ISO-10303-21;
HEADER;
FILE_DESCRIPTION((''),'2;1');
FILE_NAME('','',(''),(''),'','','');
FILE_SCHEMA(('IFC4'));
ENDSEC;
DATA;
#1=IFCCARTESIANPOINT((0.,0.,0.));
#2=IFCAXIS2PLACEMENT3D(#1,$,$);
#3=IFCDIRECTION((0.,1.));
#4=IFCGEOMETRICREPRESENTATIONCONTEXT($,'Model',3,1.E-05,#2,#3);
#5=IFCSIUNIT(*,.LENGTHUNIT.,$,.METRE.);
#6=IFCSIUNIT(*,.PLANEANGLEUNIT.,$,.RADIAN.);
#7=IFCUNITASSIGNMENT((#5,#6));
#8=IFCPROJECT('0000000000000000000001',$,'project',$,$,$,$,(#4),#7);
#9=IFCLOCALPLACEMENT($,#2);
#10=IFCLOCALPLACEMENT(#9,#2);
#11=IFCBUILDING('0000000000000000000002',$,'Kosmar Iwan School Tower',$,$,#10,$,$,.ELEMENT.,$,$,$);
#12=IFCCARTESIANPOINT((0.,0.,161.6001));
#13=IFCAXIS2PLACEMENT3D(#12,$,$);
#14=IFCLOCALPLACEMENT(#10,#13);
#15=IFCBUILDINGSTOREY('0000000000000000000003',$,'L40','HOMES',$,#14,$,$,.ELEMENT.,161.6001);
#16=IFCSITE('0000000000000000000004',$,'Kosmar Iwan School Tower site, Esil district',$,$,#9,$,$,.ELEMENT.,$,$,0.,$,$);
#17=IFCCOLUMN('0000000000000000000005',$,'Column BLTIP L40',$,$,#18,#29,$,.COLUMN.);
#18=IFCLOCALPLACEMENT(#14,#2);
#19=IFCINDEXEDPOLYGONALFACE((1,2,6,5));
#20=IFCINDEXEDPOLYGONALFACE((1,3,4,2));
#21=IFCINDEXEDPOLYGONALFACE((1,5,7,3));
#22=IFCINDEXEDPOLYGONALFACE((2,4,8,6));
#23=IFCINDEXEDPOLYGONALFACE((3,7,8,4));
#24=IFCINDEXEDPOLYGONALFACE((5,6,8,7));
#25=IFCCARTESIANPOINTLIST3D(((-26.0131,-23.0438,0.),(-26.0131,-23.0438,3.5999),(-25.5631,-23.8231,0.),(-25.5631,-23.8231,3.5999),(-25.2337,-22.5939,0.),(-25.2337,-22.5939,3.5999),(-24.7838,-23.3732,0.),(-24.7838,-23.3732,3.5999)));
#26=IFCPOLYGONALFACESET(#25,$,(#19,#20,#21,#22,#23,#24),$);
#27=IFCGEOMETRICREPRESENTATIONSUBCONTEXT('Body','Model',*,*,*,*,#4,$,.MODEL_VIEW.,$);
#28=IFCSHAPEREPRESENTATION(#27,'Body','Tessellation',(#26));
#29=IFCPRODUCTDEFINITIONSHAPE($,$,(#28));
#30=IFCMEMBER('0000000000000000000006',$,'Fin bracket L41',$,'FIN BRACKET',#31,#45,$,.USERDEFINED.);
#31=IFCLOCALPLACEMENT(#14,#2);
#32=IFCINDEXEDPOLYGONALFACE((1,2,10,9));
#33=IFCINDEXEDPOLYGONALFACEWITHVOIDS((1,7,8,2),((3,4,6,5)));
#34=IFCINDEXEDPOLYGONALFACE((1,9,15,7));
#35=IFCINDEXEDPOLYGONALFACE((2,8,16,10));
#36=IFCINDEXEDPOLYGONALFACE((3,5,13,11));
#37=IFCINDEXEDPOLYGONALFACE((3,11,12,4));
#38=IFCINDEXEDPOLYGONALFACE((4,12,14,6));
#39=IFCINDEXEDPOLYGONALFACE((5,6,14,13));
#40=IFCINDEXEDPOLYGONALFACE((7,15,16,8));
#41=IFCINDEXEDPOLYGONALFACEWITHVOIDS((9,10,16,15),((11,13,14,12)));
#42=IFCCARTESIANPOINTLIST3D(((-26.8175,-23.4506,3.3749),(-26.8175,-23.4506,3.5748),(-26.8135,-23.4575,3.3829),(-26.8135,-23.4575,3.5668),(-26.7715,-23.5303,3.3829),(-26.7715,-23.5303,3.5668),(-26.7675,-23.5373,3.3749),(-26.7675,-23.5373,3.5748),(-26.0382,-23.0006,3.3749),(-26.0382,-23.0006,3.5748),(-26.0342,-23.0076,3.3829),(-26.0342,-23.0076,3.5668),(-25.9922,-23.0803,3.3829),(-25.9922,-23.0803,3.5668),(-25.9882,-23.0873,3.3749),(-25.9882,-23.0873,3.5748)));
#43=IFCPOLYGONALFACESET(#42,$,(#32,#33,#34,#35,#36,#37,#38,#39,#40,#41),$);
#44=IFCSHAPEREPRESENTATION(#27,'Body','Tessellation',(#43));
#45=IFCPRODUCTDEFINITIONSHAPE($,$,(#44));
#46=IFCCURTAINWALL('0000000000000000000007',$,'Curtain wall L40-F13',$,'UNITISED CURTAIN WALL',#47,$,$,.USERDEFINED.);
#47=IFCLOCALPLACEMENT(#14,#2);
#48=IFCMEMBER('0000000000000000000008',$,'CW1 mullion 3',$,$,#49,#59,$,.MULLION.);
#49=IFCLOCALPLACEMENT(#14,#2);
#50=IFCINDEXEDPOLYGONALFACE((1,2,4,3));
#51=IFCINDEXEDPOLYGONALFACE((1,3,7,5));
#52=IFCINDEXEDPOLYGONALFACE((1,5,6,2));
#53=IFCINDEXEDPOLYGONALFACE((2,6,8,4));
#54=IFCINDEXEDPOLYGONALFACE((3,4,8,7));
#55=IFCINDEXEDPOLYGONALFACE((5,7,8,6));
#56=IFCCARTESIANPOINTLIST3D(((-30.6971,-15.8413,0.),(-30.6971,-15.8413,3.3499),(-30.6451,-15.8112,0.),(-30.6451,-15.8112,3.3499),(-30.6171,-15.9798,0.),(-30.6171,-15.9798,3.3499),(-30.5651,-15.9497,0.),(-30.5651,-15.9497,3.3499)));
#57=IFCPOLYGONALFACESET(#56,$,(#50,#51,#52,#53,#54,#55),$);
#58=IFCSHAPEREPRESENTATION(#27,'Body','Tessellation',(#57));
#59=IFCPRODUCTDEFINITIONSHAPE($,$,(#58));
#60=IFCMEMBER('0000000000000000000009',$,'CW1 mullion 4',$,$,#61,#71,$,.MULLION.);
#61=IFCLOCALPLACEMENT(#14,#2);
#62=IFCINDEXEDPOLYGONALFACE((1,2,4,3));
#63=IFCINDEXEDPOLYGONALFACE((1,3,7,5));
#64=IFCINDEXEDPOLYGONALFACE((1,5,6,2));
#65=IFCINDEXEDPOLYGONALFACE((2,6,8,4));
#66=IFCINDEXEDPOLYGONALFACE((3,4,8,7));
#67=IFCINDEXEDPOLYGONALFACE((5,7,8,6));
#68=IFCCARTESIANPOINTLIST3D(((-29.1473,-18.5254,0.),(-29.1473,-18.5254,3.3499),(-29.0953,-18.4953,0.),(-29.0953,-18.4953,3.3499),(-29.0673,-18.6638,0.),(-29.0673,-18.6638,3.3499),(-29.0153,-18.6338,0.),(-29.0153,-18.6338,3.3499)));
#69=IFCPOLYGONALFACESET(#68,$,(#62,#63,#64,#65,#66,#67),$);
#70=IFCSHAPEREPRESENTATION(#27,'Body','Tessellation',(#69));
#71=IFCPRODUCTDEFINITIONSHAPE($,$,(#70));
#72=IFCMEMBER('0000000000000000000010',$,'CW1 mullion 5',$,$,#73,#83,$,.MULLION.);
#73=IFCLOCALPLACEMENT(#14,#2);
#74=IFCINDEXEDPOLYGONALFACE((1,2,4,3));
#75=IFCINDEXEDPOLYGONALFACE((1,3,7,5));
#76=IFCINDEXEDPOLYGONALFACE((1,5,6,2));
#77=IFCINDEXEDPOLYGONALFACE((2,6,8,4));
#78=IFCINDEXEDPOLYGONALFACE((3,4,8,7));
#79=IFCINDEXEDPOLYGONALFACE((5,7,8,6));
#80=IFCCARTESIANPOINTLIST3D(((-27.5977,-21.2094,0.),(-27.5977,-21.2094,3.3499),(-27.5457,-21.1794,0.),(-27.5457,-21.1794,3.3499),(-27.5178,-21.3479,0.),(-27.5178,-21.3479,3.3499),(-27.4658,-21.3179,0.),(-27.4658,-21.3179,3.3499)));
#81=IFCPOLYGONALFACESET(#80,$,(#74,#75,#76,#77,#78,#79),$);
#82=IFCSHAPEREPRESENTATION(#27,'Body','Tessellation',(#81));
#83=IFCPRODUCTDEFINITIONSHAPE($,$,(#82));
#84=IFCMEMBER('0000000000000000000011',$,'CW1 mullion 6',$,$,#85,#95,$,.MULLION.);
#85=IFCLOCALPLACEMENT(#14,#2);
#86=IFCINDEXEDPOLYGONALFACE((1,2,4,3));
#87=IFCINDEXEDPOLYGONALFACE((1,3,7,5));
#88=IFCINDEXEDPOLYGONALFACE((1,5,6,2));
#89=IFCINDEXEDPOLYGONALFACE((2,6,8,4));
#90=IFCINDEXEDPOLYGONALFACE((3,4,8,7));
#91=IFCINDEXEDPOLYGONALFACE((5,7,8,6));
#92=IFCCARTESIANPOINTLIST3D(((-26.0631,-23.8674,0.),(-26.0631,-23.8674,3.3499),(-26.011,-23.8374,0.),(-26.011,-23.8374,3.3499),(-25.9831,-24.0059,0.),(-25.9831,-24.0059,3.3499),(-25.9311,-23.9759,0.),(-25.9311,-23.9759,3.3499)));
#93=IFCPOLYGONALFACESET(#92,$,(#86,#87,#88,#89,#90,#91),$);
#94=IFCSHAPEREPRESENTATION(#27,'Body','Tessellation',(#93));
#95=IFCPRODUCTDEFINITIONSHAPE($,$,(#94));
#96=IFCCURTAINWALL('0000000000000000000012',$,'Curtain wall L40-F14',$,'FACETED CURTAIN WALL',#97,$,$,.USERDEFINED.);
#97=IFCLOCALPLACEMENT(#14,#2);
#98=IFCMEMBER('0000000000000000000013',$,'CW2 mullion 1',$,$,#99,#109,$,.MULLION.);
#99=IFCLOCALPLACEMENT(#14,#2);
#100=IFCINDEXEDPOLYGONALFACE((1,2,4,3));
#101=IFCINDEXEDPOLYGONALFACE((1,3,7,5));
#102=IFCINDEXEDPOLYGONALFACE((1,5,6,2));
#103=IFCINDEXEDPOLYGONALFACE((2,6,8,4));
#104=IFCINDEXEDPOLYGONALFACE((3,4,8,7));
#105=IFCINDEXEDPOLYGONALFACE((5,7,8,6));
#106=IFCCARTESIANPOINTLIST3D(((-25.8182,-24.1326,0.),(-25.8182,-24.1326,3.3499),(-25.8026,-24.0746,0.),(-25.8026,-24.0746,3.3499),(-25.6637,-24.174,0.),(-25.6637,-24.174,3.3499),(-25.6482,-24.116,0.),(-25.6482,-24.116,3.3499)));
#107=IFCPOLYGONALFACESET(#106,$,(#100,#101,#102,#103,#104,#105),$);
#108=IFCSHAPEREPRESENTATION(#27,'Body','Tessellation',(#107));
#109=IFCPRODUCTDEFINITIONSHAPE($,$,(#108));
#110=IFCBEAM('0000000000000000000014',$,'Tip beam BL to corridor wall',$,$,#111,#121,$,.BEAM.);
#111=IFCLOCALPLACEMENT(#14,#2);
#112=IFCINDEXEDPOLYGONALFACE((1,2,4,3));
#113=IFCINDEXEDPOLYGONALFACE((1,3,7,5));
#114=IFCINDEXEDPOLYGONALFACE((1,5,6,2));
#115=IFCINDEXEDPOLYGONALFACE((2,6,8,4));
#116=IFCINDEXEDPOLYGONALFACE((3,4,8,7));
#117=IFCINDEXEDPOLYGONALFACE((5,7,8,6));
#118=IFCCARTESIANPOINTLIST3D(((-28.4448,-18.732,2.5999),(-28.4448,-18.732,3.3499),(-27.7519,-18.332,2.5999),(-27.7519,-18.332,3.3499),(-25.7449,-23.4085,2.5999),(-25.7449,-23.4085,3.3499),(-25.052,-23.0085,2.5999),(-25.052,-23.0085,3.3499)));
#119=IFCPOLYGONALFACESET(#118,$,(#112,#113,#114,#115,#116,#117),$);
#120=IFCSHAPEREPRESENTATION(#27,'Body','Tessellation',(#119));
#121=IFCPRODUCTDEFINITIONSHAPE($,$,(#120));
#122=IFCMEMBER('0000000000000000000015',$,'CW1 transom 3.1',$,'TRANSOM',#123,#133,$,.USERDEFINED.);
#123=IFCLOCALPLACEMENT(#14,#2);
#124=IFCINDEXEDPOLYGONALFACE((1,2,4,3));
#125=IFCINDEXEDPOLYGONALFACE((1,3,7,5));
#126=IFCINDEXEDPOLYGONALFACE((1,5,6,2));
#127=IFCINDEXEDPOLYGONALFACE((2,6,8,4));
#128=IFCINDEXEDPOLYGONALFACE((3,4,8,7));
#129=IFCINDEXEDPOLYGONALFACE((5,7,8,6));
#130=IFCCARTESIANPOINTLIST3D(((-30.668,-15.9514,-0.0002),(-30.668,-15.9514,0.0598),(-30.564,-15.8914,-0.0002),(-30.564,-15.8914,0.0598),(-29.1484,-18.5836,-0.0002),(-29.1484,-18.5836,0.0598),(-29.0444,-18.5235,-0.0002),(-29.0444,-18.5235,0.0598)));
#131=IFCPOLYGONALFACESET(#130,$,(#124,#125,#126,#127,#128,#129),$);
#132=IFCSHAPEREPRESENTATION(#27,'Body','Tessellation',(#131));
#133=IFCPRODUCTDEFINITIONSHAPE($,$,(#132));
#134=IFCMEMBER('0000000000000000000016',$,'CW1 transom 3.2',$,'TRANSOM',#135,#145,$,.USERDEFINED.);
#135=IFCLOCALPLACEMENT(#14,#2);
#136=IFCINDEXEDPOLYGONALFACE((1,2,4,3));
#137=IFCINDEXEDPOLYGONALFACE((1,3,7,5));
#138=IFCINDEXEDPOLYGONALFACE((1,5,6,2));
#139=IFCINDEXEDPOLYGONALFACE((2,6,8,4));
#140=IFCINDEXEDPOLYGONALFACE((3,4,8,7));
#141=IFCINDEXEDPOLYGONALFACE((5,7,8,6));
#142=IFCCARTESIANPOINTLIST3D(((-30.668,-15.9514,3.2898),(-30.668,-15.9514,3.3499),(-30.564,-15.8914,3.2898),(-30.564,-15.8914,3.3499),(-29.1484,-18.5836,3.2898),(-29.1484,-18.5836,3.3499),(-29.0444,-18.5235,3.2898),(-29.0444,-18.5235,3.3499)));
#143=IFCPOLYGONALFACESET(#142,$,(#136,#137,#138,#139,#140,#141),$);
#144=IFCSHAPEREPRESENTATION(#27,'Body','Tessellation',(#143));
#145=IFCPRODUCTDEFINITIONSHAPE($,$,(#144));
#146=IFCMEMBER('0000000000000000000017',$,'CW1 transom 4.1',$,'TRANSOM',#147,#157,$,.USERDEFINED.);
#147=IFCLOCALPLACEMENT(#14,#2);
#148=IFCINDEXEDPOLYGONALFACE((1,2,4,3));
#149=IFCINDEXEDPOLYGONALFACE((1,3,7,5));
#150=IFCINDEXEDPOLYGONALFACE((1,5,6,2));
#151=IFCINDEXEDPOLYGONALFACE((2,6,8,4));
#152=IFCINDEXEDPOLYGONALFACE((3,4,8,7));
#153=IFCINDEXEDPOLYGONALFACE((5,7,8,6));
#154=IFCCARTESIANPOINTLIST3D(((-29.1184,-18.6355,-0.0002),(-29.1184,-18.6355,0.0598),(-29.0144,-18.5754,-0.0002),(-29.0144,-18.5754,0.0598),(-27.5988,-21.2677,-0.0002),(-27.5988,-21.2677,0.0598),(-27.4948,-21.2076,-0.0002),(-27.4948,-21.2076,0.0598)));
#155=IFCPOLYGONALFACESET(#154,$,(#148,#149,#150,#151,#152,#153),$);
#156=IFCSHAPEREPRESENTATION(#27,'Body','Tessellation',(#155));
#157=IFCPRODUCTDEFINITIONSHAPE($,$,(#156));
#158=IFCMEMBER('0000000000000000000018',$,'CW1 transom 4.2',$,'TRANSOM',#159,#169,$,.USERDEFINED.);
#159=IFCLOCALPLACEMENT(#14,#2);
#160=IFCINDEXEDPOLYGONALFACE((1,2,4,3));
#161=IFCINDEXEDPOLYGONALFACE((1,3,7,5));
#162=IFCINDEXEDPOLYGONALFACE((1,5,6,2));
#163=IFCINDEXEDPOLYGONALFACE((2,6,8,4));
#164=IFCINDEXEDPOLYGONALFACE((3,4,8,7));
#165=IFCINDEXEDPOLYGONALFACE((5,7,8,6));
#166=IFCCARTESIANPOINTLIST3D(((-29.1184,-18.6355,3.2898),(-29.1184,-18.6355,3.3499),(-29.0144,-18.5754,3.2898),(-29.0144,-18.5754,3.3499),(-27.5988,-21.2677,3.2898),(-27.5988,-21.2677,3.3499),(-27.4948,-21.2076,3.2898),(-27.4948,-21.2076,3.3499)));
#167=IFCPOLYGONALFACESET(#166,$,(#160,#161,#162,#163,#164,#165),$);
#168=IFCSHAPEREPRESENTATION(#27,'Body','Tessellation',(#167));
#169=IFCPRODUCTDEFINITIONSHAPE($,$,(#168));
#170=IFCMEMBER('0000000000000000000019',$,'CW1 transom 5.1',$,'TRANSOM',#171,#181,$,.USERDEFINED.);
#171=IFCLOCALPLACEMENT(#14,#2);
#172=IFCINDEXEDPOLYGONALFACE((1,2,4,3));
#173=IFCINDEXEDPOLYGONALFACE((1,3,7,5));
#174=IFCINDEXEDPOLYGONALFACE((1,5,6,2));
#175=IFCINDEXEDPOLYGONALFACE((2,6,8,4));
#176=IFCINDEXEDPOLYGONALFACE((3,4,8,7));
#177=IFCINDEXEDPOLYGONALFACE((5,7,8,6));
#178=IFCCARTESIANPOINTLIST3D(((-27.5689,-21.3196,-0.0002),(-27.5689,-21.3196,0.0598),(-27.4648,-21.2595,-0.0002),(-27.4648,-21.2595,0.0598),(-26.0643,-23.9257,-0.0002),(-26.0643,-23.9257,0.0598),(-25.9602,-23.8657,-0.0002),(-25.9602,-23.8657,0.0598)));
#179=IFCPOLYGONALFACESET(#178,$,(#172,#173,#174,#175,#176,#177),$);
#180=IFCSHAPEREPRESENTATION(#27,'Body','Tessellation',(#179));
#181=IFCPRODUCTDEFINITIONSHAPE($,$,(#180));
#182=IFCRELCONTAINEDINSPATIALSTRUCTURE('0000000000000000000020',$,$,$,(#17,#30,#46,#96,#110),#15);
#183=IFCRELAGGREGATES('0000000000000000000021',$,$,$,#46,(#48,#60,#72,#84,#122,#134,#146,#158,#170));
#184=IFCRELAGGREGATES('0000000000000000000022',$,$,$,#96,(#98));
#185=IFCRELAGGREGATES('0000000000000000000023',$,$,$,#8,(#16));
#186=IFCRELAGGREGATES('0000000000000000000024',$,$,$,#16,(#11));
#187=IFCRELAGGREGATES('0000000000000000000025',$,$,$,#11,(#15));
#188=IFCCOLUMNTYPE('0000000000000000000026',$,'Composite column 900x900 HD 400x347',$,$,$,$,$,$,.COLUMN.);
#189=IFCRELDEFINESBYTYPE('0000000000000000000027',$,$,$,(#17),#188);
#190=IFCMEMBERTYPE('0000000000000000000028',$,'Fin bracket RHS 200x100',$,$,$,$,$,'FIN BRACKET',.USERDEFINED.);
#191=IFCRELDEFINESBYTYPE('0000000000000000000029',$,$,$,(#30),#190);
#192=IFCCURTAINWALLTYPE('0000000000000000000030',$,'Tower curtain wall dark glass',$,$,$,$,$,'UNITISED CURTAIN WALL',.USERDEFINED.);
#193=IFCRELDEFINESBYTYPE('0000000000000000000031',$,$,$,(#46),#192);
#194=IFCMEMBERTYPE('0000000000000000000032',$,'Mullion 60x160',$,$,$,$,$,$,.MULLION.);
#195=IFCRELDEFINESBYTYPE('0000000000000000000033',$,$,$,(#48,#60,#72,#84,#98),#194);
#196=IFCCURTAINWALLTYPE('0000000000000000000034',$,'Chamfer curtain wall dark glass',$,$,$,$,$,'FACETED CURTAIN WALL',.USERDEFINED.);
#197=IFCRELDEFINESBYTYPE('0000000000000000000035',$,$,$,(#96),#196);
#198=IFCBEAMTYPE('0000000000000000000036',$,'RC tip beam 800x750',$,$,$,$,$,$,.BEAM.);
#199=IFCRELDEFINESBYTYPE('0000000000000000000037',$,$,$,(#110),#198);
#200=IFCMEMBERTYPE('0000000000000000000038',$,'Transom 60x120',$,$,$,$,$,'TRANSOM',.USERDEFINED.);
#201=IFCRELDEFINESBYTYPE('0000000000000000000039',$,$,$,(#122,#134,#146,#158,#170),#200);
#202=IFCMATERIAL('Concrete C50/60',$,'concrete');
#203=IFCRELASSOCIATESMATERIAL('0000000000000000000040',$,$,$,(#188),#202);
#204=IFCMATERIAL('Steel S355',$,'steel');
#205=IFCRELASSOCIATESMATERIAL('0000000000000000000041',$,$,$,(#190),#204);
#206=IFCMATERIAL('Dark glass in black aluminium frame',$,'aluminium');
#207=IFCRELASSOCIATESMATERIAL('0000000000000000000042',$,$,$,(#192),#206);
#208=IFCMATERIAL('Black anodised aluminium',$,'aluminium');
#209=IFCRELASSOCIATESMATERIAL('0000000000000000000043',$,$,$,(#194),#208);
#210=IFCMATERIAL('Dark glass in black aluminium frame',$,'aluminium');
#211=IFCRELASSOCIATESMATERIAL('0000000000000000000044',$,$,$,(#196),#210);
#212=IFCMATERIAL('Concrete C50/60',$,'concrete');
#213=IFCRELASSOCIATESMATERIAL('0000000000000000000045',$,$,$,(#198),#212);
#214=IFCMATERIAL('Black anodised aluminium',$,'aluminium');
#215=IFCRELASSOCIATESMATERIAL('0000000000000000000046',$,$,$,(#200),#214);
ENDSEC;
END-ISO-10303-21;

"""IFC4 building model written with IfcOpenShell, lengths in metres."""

from ifc_helpers import new_model, si_unit, direction, frame, origin, origin_2d, place, context, subcontext, project, spatial, rectangle, hollow_rectangle, extrude, material, material_profile, profile_set, type_object, element, aggregate, save


model = new_model("IFC4")

# Units and contexts
model_context = context("Model", 3, precision=1e-05, world=origin(), true_north=direction((0.0, 1.0)))
body_context = subcontext(model_context, "Body", "Model", "MODEL_VIEW")
ifc_project = project(units=[si_unit("LENGTHUNIT", "METRE"), si_unit("PLANEANGLEUNIT", "RADIAN")], contexts=[model_context])

# Site, building, storey
site_placement = place(None, origin())
site = spatial("IfcSite", under=ifc_project, at=site_placement, Name="Kosmar Iwan School Tower site, Esil district", CompositionType="ELEMENT", RefElevation=0.0)
building_placement = place(site_placement, origin())
building = spatial("IfcBuilding", under=site, at=building_placement, Name="Kosmar Iwan School Tower", CompositionType="ELEMENT")
storey_placement = place(building_placement, frame((0.0, 0.0, 161.6001)))
storey = spatial("IfcBuildingStorey", under=building, at=storey_placement, Name="L40", Description="HOMES", CompositionType="ELEMENT", Elevation=161.6001)

# Column
ifc_material_1 = material(Name="Concrete C50/60", Category="concrete")
ifc_material_profile_1 = material_profile(ifc_material_1, rectangle(XDim=0.8999, YDim=0.8999, at=origin_2d()), Name="RC 900x900 + HD 400x347")
ifc_profile_set_1 = profile_set([ifc_material_profile_1], Name="Concrete C50/60")
column_type = type_object("IfcColumnType", Name="Composite column 900x900 HD 400x347", PredefinedType="COLUMN", material=ifc_profile_set_1)
column_placement = place(storey_placement, frame((-25.3984, -23.2085, 0.0), z_axis=(0.0, 0.0, 1.0), x_axis=(-0.866025, -0.5, 0.0)))
element("IfcColumn", 1, at=column_placement, inside=storey, type_object=column_type, Name="Column BLTIP L40", PredefinedType="COLUMN", context=body_context, shape_type="SweptSolid", body=[
    extrude(rectangle(XDim=0.8999, YDim=0.8999, at=origin_2d()), origin(), (0.0, 0.0, 1.0), 3.5999),
])

# Member
ifc_material_2 = material(Name="Steel S355", Category="steel")
ifc_material_profile_2 = material_profile(ifc_material_2, hollow_rectangle(XDim=0.1001, YDim=0.2, WallThickness=0.0081, at=origin_2d()), Name="RHS 200x100x8")
ifc_profile_set_2 = profile_set([ifc_material_profile_2], Name="Steel S355")
member_type_1 = type_object("IfcMemberType", Name="Fin bracket RHS 200x100", ElementType="FIN BRACKET", PredefinedType="USERDEFINED", material=ifc_profile_set_2)
member_1_placement = place(storey_placement, frame((-26.0132, -23.0439, 3.4749), z_axis=(-0.866014, -0.50002, 0.0), x_axis=(0.50002, -0.866014, 0.0)))
element("IfcMember", 2, at=member_1_placement, inside=storey, type_object=member_type_1, Name="Fin bracket L41", ObjectType="FIN BRACKET", PredefinedType="USERDEFINED", context=body_context, shape_type="SweptSolid", body=[
    extrude(hollow_rectangle(XDim=0.1001, YDim=0.2, WallThickness=0.0081, at=origin_2d()), origin(), (0.0, 0.0, 1.0), 0.8999),
])

# Curtain wall, members
ifc_material_3 = material(Name="Dark glass in black aluminium frame", Category="aluminium")
curtain_wall_type_1 = type_object("IfcCurtainWallType", Name="Tower curtain wall dark glass", ElementType="UNITISED CURTAIN WALL", PredefinedType="USERDEFINED", material=ifc_material_3)
curtain_wall_1_placement = place(storey_placement, origin())
curtain_wall_1 = element("IfcCurtainWall", 3, at=curtain_wall_1_placement, inside=storey, type_object=curtain_wall_type_1, Name="Curtain wall L40-F13", ObjectType="UNITISED CURTAIN WALL", PredefinedType="USERDEFINED")
ifc_material_4 = material(Name="Black anodised aluminium", Category="aluminium")
ifc_material_profile_3 = material_profile(ifc_material_4, rectangle(XDim=0.0601, YDim=0.1599, at=origin_2d()), Name="MULLION 60x160")
ifc_profile_set_3 = profile_set([ifc_material_profile_3], Name="Black anodised aluminium")
member_type_2 = type_object("IfcMemberType", Name="Mullion 60x160", PredefinedType="MULLION", material=ifc_profile_set_3)
member_2_placement = place(storey_placement, frame((-30.6311, -15.8955, 0.0), z_axis=(0.0, 0.0, 1.0), x_axis=(0.866025, 0.5, 0.0)))
member_2 = element("IfcMember", 4, at=member_2_placement, type_object=member_type_2, Name="CW1 mullion 3", PredefinedType="MULLION", context=body_context, shape_type="SweptSolid", body=[
    extrude(rectangle(XDim=0.0601, YDim=0.1599, at=origin_2d()), origin(), (0.0, 0.0, 1.0), 3.3499),
])
member_3_placement = place(storey_placement, frame((-29.0813, -18.5796, 0.0), z_axis=(0.0, 0.0, 1.0), x_axis=(0.866025, 0.5, 0.0)))
member_3 = element("IfcMember", 5, at=member_3_placement, type_object=member_type_2, Name="CW1 mullion 4", PredefinedType="MULLION", context=body_context, shape_type="SweptSolid", body=[
    extrude(rectangle(XDim=0.0601, YDim=0.1599, at=origin_2d()), origin(), (0.0, 0.0, 1.0), 3.3499),
])
member_4_placement = place(storey_placement, frame((-27.5317, -21.2637, 0.0), z_axis=(0.0, 0.0, 1.0), x_axis=(0.866025, 0.5, 0.0)))
member_4 = element("IfcMember", 6, at=member_4_placement, type_object=member_type_2, Name="CW1 mullion 5", PredefinedType="MULLION", context=body_context, shape_type="SweptSolid", body=[
    extrude(rectangle(XDim=0.0601, YDim=0.1599, at=origin_2d()), origin(), (0.0, 0.0, 1.0), 3.3499),
])
member_5_placement = place(storey_placement, frame((-25.9971, -23.9216, 0.0), z_axis=(0.0, 0.0, 1.0), x_axis=(0.866025, 0.5, 0.0)))
member_5 = element("IfcMember", 7, at=member_5_placement, type_object=member_type_2, Name="CW1 mullion 6", PredefinedType="MULLION", context=body_context, shape_type="SweptSolid", body=[
    extrude(rectangle(XDim=0.0601, YDim=0.1599, at=origin_2d()), origin(), (0.0, 0.0, 1.0), 3.3499),
])

# Curtain wall, member
ifc_material_5 = material(Name="Dark glass in black aluminium frame", Category="aluminium")
curtain_wall_type_2 = type_object("IfcCurtainWallType", Name="Chamfer curtain wall dark glass", ElementType="FACETED CURTAIN WALL", PredefinedType="USERDEFINED", material=ifc_material_5)
curtain_wall_2_placement = place(storey_placement, origin())
curtain_wall_2 = element("IfcCurtainWall", 8, at=curtain_wall_2_placement, inside=storey, type_object=curtain_wall_type_2, Name="Curtain wall L40-F14", ObjectType="FACETED CURTAIN WALL", PredefinedType="USERDEFINED")
member_6_placement = place(storey_placement, frame((-25.7332, -24.1243, 0.0), z_axis=(0.0, 0.0, 1.0), x_axis=(0.258819, 0.965926, 0.0)))
member_6 = element("IfcMember", 9, at=member_6_placement, type_object=member_type_2, Name="CW2 mullion 1", PredefinedType="MULLION", context=body_context, shape_type="SweptSolid", body=[
    extrude(rectangle(XDim=0.0601, YDim=0.1599, at=origin_2d()), origin(), (0.0, 0.0, 1.0), 3.3499),
])

# Beam
ifc_material_6 = material(Name="Concrete C50/60", Category="concrete")
ifc_material_profile_4 = material_profile(ifc_material_6, rectangle(XDim=0.8, YDim=0.75, at=origin_2d()), Name="RC 800x750")
ifc_profile_set_4 = profile_set([ifc_material_profile_4], Name="Concrete C50/60")
beam_type = type_object("IfcBeamType", Name="RC tip beam 800x750", PredefinedType="BEAM", material=ifc_profile_set_4)
beam_placement = place(storey_placement, frame((-25.3984, -23.2085, 2.9749), z_axis=(-0.499995, 0.866028, 0.0), x_axis=(-0.866028, -0.499995, 0.0)))
element("IfcBeam", 10, at=beam_placement, inside=storey, type_object=beam_type, Name="Tip beam BL to corridor wall", PredefinedType="BEAM", context=body_context, shape_type="SweptSolid", body=[
    extrude(rectangle(XDim=0.8, YDim=0.75, at=origin_2d()), origin(), (0.0, 0.0, 1.0), 5.3999),
])

# Members
ifc_material_7 = material(Name="Black anodised aluminium", Category="aluminium")
ifc_material_profile_5 = material_profile(ifc_material_7, rectangle(XDim=0.1201, YDim=0.0601, at=origin_2d()), Name="TRANSOM 60x120")
ifc_profile_set_5 = profile_set([ifc_material_profile_5], Name="Black anodised aluminium")
member_type_3 = type_object("IfcMemberType", Name="Transom 60x120", ElementType="TRANSOM", PredefinedType="USERDEFINED", material=ifc_profile_set_5)
member_7_placement = place(storey_placement, frame((-30.616, -15.9214, 0.0298), z_axis=(0.499975, -0.86604, 0.0), x_axis=(0.86604, 0.499975, 0.0)))
member_7 = element("IfcMember", 11, at=member_7_placement, type_object=member_type_3, Name="CW1 transom 3.1", ObjectType="TRANSOM", PredefinedType="USERDEFINED", context=body_context, shape_type="SweptSolid", body=[
    extrude(rectangle(XDim=0.1201, YDim=0.0601, at=origin_2d()), origin(), (0.0, 0.0, 1.0), 3.0393),
])
member_8_placement = place(storey_placement, frame((-30.616, -15.9214, 3.3198), z_axis=(0.499975, -0.86604, 0.0), x_axis=(0.86604, 0.499975, 0.0)))
member_8 = element("IfcMember", 12, at=member_8_placement, type_object=member_type_3, Name="CW1 transom 3.2", ObjectType="TRANSOM", PredefinedType="USERDEFINED", context=body_context, shape_type="SweptSolid", body=[
    extrude(rectangle(XDim=0.1201, YDim=0.0601, at=origin_2d()), origin(), (0.0, 0.0, 1.0), 3.0393),
])
member_9_placement = place(storey_placement, frame((-29.0664, -18.6055, 0.0298), z_axis=(0.499975, -0.86604, 0.0), x_axis=(0.86604, 0.499975, 0.0)))
member_9 = element("IfcMember", 13, at=member_9_placement, type_object=member_type_3, Name="CW1 transom 4.1", ObjectType="TRANSOM", PredefinedType="USERDEFINED", context=body_context, shape_type="SweptSolid", body=[
    extrude(rectangle(XDim=0.1201, YDim=0.0601, at=origin_2d()), origin(), (0.0, 0.0, 1.0), 3.0393),
])
member_10_placement = place(storey_placement, frame((-29.0664, -18.6055, 3.3198), z_axis=(0.499975, -0.86604, 0.0), x_axis=(0.86604, 0.499975, 0.0)))
member_10 = element("IfcMember", 14, at=member_10_placement, type_object=member_type_3, Name="CW1 transom 4.2", ObjectType="TRANSOM", PredefinedType="USERDEFINED", context=body_context, shape_type="SweptSolid", body=[
    extrude(rectangle(XDim=0.1201, YDim=0.0601, at=origin_2d()), origin(), (0.0, 0.0, 1.0), 3.0393),
])
member_11_placement = place(storey_placement, frame((-27.5168, -21.2896, 0.0298), z_axis=(0.499987, -0.866033, 0.0), x_axis=(0.866033, 0.499987, 0.0)))
member_11 = element("IfcMember", 15, at=member_11_placement, type_object=member_type_3, Name="CW1 transom 5.1", ObjectType="TRANSOM", PredefinedType="USERDEFINED", context=body_context, shape_type="SweptSolid", body=[
    extrude(rectangle(XDim=0.1201, YDim=0.0601, at=origin_2d()), origin(), (0.0, 0.0, 1.0), 3.0093),
])

aggregate(curtain_wall_1, [member_2, member_3, member_4, member_5, member_7, member_8, member_9, member_10, member_11])
aggregate(curtain_wall_2, [member_6])

save(model, "model.ifc")
